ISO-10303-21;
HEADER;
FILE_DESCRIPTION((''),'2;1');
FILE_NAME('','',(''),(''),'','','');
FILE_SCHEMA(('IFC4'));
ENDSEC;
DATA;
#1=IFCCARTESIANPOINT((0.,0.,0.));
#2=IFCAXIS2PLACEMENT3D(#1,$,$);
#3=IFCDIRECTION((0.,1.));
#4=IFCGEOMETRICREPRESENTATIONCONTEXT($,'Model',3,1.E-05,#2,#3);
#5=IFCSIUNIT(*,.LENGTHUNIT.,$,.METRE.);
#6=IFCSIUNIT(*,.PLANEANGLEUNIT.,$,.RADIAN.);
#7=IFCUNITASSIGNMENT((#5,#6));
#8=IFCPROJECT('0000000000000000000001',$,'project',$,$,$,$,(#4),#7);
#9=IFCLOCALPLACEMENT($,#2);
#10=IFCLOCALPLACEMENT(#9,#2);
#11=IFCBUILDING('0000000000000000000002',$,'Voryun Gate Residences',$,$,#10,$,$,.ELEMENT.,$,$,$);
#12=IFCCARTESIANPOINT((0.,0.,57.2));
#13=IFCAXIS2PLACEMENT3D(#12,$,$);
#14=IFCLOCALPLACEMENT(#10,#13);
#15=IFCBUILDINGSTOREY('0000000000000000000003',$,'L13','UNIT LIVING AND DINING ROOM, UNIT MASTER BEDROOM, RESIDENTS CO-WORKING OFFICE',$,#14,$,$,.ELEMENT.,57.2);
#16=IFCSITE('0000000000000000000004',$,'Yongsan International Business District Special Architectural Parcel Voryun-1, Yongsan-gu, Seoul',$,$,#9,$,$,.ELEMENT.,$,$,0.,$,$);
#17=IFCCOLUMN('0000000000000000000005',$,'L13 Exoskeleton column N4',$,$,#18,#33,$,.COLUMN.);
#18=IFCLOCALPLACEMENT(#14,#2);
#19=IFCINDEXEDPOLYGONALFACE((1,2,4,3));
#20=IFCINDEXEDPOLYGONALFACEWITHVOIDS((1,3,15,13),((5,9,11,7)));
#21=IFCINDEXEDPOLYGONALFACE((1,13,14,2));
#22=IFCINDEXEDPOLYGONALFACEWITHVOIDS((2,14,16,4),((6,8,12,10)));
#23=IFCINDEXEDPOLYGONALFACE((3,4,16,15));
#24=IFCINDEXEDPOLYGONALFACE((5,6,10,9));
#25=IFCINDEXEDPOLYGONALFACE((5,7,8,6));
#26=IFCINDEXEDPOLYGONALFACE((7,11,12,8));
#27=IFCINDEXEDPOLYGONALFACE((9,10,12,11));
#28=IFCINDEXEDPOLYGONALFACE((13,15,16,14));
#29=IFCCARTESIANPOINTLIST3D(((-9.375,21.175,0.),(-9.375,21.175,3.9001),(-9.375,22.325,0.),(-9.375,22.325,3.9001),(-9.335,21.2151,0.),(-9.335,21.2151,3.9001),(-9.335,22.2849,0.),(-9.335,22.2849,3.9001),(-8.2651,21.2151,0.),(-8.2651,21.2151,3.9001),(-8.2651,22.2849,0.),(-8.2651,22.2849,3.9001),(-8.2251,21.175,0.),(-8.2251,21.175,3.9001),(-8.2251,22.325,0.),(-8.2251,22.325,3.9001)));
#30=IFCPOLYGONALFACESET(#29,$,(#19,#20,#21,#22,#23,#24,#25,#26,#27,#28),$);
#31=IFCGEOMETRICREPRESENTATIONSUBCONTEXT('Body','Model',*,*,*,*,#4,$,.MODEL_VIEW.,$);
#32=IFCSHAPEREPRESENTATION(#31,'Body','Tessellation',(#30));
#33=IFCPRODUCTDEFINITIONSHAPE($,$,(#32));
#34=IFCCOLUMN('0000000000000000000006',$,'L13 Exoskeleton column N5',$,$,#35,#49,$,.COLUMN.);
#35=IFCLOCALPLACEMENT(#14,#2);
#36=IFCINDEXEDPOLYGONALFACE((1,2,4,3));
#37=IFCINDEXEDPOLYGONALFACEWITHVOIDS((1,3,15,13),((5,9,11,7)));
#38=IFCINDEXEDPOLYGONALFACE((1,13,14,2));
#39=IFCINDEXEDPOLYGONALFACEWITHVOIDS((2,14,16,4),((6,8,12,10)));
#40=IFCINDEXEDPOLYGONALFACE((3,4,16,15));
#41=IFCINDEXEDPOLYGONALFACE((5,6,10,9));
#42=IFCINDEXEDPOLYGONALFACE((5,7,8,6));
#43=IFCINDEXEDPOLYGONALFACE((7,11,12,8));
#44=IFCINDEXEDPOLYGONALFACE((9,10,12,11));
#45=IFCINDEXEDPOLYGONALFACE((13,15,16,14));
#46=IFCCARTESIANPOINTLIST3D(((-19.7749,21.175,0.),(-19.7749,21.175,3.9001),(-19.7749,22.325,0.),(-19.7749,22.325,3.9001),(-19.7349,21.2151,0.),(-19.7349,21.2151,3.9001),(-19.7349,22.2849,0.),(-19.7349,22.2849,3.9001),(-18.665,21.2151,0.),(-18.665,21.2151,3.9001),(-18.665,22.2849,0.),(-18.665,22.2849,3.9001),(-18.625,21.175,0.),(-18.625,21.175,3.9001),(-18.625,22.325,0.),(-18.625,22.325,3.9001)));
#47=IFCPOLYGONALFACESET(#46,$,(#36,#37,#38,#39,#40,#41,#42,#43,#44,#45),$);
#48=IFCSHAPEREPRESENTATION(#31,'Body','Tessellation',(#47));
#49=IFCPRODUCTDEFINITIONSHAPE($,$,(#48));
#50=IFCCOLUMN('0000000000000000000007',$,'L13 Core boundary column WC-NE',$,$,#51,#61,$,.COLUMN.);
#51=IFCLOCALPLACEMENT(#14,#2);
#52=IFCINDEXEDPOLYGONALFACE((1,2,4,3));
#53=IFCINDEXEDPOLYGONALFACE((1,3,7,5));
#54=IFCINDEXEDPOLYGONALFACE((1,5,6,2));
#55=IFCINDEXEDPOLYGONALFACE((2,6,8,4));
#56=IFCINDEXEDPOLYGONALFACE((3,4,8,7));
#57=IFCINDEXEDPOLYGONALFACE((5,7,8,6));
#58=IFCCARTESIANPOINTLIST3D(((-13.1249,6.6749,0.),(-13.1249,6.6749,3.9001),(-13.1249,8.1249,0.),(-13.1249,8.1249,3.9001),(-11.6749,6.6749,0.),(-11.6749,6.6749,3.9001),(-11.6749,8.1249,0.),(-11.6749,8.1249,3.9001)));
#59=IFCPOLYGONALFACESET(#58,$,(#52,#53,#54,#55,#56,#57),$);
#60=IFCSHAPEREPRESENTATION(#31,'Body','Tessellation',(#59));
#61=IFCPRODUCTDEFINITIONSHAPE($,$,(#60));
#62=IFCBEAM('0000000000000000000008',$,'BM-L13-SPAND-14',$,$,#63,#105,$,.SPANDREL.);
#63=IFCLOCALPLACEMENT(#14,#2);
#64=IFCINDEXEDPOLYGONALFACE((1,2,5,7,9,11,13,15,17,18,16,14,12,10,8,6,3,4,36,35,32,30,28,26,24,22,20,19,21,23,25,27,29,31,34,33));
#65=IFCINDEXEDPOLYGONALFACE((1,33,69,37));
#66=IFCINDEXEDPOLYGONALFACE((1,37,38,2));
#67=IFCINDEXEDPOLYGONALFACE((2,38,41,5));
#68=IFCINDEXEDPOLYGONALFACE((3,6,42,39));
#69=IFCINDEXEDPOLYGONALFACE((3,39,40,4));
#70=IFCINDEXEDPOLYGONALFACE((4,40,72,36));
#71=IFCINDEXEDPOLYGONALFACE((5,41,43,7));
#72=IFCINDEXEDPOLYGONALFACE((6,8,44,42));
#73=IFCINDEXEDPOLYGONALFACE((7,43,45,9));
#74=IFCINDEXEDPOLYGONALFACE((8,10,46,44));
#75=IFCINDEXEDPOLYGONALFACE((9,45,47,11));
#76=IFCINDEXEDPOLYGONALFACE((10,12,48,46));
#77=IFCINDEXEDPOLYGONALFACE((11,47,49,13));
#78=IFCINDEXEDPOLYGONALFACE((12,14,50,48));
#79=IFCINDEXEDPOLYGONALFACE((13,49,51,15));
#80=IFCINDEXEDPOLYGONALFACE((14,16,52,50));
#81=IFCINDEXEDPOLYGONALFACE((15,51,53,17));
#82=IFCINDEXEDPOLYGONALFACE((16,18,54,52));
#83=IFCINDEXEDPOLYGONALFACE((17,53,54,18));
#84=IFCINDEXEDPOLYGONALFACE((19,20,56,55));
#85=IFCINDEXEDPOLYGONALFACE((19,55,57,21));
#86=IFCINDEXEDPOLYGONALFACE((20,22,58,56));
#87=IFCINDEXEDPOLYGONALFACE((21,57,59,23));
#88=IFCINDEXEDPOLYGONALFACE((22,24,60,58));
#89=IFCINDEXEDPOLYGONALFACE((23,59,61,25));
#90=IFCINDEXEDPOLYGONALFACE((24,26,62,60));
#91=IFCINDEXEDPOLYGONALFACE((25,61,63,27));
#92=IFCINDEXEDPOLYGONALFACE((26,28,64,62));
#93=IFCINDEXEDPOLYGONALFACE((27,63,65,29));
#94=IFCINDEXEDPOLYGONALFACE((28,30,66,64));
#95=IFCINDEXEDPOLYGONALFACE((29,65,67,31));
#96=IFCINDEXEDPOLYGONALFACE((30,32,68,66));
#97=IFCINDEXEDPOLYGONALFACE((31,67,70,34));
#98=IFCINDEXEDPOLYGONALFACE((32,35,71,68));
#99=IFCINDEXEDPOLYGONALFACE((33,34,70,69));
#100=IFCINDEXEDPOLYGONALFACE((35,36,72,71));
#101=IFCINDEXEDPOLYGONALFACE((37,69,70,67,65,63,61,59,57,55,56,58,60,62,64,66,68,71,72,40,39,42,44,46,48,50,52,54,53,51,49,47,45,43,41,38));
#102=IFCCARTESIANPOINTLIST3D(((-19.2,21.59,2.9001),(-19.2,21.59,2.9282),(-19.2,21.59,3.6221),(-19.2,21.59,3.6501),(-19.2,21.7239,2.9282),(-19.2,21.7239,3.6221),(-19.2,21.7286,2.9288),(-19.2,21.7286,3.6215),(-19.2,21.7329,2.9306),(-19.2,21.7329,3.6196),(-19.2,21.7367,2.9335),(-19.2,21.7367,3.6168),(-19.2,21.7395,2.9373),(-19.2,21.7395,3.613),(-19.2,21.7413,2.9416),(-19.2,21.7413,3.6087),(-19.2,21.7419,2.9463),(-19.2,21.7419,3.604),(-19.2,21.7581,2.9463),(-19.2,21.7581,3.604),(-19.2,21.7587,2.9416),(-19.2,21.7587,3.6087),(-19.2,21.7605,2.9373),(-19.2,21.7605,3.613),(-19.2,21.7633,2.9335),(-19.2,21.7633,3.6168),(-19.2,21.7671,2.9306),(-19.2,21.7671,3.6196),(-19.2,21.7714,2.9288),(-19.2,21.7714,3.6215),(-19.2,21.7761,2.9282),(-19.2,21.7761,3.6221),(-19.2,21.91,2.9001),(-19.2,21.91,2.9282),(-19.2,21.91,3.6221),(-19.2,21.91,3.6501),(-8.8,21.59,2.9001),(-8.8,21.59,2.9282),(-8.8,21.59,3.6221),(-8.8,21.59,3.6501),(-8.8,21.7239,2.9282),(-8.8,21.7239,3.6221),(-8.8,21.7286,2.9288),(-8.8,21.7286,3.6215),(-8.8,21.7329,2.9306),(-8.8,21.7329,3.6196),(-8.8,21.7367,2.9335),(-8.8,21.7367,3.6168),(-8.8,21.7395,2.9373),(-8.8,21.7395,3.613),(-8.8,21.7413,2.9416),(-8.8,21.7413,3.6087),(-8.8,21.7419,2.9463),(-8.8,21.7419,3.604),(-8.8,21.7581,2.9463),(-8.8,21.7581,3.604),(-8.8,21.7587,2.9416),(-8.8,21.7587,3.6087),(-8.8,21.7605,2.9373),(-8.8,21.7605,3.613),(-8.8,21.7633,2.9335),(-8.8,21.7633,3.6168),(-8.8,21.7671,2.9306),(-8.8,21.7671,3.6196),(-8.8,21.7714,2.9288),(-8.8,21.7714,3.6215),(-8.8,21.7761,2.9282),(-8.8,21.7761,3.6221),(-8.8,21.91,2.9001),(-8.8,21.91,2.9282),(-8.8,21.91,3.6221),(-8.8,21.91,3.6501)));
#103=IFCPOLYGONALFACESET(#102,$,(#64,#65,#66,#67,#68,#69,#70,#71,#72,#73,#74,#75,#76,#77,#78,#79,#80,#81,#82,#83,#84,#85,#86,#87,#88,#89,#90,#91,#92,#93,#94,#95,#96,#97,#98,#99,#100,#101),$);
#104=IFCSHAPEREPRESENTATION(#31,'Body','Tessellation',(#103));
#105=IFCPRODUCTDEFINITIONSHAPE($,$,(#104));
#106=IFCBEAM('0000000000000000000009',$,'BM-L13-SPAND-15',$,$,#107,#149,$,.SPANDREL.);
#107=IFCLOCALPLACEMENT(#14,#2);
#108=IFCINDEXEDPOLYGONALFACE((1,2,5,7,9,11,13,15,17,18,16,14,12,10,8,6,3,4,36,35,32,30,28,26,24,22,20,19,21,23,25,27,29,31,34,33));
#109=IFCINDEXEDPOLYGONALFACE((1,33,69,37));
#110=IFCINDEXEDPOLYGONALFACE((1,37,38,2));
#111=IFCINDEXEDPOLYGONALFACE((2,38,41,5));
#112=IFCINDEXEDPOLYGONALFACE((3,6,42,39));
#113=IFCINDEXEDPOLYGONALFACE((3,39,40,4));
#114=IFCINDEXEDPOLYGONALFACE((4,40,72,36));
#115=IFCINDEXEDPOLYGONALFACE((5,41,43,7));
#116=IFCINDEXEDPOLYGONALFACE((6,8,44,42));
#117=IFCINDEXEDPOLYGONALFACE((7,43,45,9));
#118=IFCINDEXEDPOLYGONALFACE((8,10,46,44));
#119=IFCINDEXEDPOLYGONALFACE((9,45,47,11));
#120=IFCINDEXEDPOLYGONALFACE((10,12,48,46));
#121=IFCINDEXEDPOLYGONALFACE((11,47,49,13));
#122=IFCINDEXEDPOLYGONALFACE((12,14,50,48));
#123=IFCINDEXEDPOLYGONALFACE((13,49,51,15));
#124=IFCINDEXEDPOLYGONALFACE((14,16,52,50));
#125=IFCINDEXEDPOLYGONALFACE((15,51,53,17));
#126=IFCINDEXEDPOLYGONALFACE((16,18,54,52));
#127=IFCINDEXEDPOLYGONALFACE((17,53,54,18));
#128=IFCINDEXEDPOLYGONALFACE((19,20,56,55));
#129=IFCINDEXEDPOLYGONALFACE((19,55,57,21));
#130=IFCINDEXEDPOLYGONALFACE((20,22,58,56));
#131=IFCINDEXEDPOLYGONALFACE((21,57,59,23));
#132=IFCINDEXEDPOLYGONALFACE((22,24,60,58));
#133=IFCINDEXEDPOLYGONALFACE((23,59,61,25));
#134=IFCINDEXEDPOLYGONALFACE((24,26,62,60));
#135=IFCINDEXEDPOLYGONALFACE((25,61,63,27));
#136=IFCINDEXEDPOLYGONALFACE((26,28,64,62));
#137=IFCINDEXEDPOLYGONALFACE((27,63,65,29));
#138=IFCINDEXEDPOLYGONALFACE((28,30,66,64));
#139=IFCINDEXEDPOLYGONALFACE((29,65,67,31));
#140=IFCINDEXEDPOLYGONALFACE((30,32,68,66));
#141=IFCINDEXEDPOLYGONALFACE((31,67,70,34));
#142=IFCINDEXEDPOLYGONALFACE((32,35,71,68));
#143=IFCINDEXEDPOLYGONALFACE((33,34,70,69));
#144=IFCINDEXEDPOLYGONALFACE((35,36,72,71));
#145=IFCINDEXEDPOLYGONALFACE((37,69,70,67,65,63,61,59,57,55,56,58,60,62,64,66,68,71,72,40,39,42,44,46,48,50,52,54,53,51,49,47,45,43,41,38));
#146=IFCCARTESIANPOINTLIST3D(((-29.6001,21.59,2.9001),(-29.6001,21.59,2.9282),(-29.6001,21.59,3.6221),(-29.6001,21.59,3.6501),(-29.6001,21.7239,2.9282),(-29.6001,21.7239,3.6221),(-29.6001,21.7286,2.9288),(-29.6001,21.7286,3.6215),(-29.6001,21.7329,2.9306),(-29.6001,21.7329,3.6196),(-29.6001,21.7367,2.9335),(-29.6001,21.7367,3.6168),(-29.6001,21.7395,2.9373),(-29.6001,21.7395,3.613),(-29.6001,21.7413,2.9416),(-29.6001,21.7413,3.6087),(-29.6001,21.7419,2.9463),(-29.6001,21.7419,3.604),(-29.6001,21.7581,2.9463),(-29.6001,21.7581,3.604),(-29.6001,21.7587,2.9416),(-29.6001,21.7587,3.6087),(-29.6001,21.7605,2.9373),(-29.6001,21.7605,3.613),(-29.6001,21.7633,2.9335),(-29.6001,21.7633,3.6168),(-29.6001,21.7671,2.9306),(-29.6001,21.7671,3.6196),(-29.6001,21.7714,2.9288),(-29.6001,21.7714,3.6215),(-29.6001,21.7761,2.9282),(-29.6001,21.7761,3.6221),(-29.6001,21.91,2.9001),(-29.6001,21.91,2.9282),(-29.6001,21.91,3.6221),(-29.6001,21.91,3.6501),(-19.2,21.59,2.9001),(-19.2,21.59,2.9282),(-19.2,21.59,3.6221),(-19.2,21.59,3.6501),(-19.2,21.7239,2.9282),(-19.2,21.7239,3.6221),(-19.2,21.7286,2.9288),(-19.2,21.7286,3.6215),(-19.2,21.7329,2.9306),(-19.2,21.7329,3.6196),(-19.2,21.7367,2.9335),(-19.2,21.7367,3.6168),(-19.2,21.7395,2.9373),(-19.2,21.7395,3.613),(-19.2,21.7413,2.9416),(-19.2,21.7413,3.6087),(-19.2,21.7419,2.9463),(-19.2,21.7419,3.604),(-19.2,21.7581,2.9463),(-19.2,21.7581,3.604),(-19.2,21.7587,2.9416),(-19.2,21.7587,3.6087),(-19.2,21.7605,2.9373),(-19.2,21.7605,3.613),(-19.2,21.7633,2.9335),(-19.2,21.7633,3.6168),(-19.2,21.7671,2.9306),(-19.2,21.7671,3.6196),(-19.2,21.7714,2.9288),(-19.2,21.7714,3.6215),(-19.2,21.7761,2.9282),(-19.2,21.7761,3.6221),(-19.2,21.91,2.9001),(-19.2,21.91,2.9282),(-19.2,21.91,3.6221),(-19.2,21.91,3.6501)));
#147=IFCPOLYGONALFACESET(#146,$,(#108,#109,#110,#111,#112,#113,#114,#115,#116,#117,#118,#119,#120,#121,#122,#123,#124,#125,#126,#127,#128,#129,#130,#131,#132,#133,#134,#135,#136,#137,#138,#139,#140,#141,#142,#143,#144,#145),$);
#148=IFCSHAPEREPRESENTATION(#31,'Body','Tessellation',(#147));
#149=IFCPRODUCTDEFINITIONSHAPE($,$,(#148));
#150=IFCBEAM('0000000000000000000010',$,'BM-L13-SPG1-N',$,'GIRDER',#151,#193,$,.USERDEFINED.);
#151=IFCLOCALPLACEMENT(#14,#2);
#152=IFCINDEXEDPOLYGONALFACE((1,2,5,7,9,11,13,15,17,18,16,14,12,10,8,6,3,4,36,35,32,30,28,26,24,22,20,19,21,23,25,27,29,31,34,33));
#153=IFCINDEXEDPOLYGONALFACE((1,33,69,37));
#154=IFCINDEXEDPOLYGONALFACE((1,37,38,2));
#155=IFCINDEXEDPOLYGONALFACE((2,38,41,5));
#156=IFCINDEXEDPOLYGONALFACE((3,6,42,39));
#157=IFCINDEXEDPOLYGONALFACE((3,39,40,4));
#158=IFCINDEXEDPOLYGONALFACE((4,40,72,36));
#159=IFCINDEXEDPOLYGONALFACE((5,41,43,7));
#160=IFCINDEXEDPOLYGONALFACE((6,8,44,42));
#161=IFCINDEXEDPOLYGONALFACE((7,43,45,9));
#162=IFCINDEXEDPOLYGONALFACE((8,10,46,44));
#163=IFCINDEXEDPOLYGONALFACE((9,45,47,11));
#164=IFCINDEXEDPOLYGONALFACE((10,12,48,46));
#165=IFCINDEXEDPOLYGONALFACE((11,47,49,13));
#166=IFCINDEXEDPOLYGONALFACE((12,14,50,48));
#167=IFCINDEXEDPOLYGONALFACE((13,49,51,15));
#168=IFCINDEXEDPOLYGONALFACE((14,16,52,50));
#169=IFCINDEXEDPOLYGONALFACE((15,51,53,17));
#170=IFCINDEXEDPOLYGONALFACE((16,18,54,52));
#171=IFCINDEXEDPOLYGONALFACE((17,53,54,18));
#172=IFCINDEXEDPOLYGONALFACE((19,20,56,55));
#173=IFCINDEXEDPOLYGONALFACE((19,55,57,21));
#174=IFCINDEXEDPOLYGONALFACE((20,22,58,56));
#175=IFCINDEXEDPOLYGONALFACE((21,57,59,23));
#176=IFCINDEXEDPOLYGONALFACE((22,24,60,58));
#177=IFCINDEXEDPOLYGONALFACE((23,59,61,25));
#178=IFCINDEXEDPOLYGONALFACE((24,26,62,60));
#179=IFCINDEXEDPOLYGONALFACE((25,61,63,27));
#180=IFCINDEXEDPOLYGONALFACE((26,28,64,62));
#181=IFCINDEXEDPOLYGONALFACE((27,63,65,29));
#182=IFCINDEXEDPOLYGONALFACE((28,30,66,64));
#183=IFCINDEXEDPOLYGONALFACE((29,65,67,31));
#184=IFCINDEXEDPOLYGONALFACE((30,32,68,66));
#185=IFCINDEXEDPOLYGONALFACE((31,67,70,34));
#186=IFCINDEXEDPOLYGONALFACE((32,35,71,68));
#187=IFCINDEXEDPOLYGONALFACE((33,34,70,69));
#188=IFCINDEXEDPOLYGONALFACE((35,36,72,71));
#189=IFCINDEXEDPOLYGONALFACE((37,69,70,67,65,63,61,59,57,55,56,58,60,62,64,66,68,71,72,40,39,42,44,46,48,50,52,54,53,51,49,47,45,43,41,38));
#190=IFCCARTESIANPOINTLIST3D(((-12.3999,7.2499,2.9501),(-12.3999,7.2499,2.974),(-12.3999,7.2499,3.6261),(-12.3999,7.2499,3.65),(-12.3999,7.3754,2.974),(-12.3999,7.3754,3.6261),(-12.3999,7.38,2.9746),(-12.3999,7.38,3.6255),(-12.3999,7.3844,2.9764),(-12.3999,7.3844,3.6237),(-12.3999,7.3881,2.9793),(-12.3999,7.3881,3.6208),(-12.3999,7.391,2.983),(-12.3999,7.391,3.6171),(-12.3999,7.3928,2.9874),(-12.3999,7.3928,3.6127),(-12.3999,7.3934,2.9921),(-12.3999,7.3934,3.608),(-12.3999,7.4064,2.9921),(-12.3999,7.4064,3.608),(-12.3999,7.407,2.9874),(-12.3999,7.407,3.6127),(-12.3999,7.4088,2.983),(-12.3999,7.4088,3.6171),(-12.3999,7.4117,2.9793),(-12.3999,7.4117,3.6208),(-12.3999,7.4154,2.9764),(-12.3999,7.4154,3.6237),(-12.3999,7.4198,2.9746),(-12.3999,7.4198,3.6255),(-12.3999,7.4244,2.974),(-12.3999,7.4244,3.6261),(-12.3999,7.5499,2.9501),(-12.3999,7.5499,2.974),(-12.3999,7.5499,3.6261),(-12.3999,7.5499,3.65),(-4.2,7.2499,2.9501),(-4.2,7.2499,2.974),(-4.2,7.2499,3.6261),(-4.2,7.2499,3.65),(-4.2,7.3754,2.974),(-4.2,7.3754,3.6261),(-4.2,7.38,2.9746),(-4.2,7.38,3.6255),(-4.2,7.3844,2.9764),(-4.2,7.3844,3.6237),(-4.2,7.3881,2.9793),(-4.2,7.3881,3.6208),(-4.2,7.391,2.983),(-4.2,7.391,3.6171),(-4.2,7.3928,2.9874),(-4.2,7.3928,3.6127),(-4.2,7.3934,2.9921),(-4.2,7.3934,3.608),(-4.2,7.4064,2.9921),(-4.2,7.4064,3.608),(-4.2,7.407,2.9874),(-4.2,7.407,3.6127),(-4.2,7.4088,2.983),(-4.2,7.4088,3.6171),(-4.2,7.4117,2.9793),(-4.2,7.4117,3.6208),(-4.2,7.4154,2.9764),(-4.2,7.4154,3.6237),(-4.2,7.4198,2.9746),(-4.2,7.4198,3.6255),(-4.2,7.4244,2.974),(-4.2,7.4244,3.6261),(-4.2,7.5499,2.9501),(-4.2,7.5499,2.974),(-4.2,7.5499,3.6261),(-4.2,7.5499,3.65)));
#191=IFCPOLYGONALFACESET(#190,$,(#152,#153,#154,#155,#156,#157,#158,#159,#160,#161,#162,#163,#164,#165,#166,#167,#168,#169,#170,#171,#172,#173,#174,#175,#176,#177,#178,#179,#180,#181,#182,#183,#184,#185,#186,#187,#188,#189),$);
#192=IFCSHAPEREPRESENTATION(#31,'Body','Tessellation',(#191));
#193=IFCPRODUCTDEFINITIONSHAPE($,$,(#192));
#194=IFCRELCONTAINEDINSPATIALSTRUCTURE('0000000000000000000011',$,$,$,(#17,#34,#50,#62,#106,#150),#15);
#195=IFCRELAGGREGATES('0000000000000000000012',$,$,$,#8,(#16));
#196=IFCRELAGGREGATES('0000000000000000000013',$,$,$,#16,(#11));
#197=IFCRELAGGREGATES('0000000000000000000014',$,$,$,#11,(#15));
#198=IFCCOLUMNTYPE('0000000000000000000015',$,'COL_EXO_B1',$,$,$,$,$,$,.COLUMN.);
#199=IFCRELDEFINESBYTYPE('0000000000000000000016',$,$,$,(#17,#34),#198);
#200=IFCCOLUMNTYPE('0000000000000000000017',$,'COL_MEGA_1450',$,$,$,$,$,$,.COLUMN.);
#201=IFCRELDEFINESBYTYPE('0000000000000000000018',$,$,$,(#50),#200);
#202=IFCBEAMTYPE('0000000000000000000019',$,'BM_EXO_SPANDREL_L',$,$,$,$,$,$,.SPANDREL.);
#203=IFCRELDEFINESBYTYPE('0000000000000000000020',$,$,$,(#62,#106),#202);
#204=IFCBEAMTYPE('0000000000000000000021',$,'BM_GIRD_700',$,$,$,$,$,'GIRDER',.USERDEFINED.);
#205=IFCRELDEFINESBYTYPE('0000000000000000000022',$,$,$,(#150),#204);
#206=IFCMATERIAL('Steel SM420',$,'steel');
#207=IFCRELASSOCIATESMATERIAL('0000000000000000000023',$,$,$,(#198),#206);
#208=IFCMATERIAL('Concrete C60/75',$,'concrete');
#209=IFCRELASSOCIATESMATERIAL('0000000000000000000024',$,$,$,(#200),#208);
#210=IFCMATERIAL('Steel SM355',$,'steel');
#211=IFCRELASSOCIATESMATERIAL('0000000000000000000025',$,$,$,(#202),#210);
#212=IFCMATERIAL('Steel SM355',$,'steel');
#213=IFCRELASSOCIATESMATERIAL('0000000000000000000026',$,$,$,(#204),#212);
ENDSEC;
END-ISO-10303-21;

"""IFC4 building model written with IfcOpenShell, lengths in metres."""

from ifc_helpers import new_model, si_unit, direction, frame, origin, origin_2d, place, context, subcontext, project, spatial, rectangle, hollow_rectangle, i_section, extrude, material, material_profile, profile_set, type_object, element, save


model = new_model("IFC4")

# Units and contexts
model_context = context("Model", 3, precision=1e-05, world=origin(), true_north=direction((0.0, 1.0)))
body_context = subcontext(model_context, "Body", "Model", "MODEL_VIEW")
ifc_project = project(units=[si_unit("LENGTHUNIT", "METRE"), si_unit("PLANEANGLEUNIT", "RADIAN")], contexts=[model_context])

# Site, building, storey
site_placement = place(None, origin())
site = spatial("IfcSite", under=ifc_project, at=site_placement, Name="Yongsan International Business District Special Architectural Parcel Voryun-1, Yongsan-gu, Seoul", CompositionType="ELEMENT", RefElevation=0.0)
building_placement = place(site_placement, origin())
building = spatial("IfcBuilding", under=site, at=building_placement, Name="Voryun Gate Residences", CompositionType="ELEMENT")
storey_placement = place(building_placement, frame((0.0, 0.0, 57.2)))
storey = spatial("IfcBuildingStorey", under=building, at=storey_placement, Name="L13", Description="UNIT LIVING AND DINING ROOM, UNIT MASTER BEDROOM, RESIDENTS CO-WORKING OFFICE", CompositionType="ELEMENT", Elevation=57.2)

# Columns
ifc_material_1 = material(Name="Steel SM420", Category="steel")
ifc_material_profile_1 = material_profile(ifc_material_1, hollow_rectangle(XDim=1.1499, YDim=1.1499, WallThickness=0.04, at=origin_2d()), Name="BOX-1150x1150x40")
ifc_profile_set_1 = profile_set([ifc_material_profile_1], Name="Steel SM420")
column_type_1 = type_object("IfcColumnType", Name="COL_EXO_B1", PredefinedType="COLUMN", material=ifc_profile_set_1)
for number, where, z_axis, x_axis, name in (
    (1, (-8.8, 21.75, 0.0), (0.0, 0.0, 1.0), (1.0, 0.0, 0.0), "L13 Exoskeleton column N4"),
    (2, (-19.2, 21.75, 0.0), (0.0, 0.0, 1.0), (1.0, 0.0, 0.0), "L13 Exoskeleton column N5"),
):
    element("IfcColumn", number, at=place(storey_placement, frame(where, z_axis=z_axis, x_axis=x_axis)), inside=storey, type_object=column_type_1, Name=name, PredefinedType="COLUMN", context=body_context, shape_type="SweptSolid", body=[
        extrude(hollow_rectangle(XDim=1.1499, YDim=1.1499, WallThickness=0.04, at=origin_2d()), origin(), (0.0, 0.0, 1.0), 3.9001),
    ])
ifc_material_2 = material(Name="Concrete C60/75", Category="concrete")
ifc_material_profile_2 = material_profile(ifc_material_2, rectangle(XDim=1.45, YDim=1.45, at=origin_2d()), Name="RC-1450x1450")
ifc_profile_set_2 = profile_set([ifc_material_profile_2], Name="Concrete C60/75")
column_type_2 = type_object("IfcColumnType", Name="COL_MEGA_1450", PredefinedType="COLUMN", material=ifc_profile_set_2)
column_placement = place(storey_placement, frame((-12.3999, 7.3999, 0.0), z_axis=(0.0, 0.0, 1.0), x_axis=(1.0, 0.0, 0.0)))
element("IfcColumn", 3, at=column_placement, inside=storey, type_object=column_type_2, Name="L13 Core boundary column WC-NE", PredefinedType="COLUMN", context=body_context, shape_type="SweptSolid", body=[
    extrude(rectangle(XDim=1.45, YDim=1.45, at=origin_2d()), origin(), (0.0, 0.0, 1.0), 3.9001),
])

# Beams
ifc_material_3 = material(Name="Steel SM355", Category="steel")
ifc_material_profile_3 = material_profile(ifc_material_3, i_section(OverallWidth=0.3201, OverallDepth=0.75, WebThickness=0.0161, FlangeThickness=0.0281, FilletRadius=0.0181, at=origin_2d()), Name="H-750x320x16x28")
ifc_profile_set_3 = profile_set([ifc_material_profile_3], Name="Steel SM355")
beam_type_1 = type_object("IfcBeamType", Name="BM_EXO_SPANDREL_L", PredefinedType="SPANDREL", material=ifc_profile_set_3)
beam_1_placement = place(storey_placement, frame((-8.8, 21.75, 3.2751), z_axis=(-1.0, 0.0, 0.0), x_axis=(0.0, -1.0, 0.0)))
element("IfcBeam", 4, at=beam_1_placement, inside=storey, type_object=beam_type_1, Name="BM-L13-SPAND-14", PredefinedType="SPANDREL", context=body_context, shape_type="SweptSolid", body=[
    extrude(i_section(OverallWidth=0.3201, OverallDepth=0.75, WebThickness=0.0161, FlangeThickness=0.0281, FilletRadius=0.0181, at=origin_2d()), origin(), (0.0, 0.0, 1.0), 10.3999),
])
beam_2_placement = place(storey_placement, frame((-19.2, 21.75, 3.2751), z_axis=(-1.0, 0.0, 0.0), x_axis=(0.0, -1.0, 0.0)))
element("IfcBeam", 5, at=beam_2_placement, inside=storey, type_object=beam_type_1, Name="BM-L13-SPAND-15", PredefinedType="SPANDREL", context=body_context, shape_type="SweptSolid", body=[
    extrude(i_section(OverallWidth=0.3201, OverallDepth=0.75, WebThickness=0.0161, FlangeThickness=0.0281, FilletRadius=0.0181, at=origin_2d()), origin(), (0.0, 0.0, 1.0), 10.4001),
])
ifc_material_4 = material(Name="Steel SM355", Category="steel")
ifc_material_profile_4 = material_profile(ifc_material_4, i_section(OverallWidth=0.3, OverallDepth=0.7, WebThickness=0.0129, FlangeThickness=0.0239, FilletRadius=0.0181, at=origin_2d()), Name="H-700x300x13x24")
ifc_profile_set_4 = profile_set([ifc_material_profile_4], Name="Steel SM355")
beam_type_2 = type_object("IfcBeamType", Name="BM_GIRD_700", ElementType="GIRDER", PredefinedType="USERDEFINED", material=ifc_profile_set_4)
beam_3_placement = place(storey_placement, frame((-12.3999, 7.3999, 3.3), z_axis=(1.0, 0.0, 0.0), x_axis=(0.0, 1.0, 0.0)))
element("IfcBeam", 6, at=beam_3_placement, inside=storey, type_object=beam_type_2, Name="BM-L13-SPG1-N", ObjectType="GIRDER", PredefinedType="USERDEFINED", context=body_context, shape_type="SweptSolid", body=[
    extrude(i_section(OverallWidth=0.3, OverallDepth=0.7, WebThickness=0.0129, FlangeThickness=0.0239, FilletRadius=0.0181, at=origin_2d()), origin(), (0.0, 0.0, 1.0), 8.2),
])

save(model, "model.ifc")
